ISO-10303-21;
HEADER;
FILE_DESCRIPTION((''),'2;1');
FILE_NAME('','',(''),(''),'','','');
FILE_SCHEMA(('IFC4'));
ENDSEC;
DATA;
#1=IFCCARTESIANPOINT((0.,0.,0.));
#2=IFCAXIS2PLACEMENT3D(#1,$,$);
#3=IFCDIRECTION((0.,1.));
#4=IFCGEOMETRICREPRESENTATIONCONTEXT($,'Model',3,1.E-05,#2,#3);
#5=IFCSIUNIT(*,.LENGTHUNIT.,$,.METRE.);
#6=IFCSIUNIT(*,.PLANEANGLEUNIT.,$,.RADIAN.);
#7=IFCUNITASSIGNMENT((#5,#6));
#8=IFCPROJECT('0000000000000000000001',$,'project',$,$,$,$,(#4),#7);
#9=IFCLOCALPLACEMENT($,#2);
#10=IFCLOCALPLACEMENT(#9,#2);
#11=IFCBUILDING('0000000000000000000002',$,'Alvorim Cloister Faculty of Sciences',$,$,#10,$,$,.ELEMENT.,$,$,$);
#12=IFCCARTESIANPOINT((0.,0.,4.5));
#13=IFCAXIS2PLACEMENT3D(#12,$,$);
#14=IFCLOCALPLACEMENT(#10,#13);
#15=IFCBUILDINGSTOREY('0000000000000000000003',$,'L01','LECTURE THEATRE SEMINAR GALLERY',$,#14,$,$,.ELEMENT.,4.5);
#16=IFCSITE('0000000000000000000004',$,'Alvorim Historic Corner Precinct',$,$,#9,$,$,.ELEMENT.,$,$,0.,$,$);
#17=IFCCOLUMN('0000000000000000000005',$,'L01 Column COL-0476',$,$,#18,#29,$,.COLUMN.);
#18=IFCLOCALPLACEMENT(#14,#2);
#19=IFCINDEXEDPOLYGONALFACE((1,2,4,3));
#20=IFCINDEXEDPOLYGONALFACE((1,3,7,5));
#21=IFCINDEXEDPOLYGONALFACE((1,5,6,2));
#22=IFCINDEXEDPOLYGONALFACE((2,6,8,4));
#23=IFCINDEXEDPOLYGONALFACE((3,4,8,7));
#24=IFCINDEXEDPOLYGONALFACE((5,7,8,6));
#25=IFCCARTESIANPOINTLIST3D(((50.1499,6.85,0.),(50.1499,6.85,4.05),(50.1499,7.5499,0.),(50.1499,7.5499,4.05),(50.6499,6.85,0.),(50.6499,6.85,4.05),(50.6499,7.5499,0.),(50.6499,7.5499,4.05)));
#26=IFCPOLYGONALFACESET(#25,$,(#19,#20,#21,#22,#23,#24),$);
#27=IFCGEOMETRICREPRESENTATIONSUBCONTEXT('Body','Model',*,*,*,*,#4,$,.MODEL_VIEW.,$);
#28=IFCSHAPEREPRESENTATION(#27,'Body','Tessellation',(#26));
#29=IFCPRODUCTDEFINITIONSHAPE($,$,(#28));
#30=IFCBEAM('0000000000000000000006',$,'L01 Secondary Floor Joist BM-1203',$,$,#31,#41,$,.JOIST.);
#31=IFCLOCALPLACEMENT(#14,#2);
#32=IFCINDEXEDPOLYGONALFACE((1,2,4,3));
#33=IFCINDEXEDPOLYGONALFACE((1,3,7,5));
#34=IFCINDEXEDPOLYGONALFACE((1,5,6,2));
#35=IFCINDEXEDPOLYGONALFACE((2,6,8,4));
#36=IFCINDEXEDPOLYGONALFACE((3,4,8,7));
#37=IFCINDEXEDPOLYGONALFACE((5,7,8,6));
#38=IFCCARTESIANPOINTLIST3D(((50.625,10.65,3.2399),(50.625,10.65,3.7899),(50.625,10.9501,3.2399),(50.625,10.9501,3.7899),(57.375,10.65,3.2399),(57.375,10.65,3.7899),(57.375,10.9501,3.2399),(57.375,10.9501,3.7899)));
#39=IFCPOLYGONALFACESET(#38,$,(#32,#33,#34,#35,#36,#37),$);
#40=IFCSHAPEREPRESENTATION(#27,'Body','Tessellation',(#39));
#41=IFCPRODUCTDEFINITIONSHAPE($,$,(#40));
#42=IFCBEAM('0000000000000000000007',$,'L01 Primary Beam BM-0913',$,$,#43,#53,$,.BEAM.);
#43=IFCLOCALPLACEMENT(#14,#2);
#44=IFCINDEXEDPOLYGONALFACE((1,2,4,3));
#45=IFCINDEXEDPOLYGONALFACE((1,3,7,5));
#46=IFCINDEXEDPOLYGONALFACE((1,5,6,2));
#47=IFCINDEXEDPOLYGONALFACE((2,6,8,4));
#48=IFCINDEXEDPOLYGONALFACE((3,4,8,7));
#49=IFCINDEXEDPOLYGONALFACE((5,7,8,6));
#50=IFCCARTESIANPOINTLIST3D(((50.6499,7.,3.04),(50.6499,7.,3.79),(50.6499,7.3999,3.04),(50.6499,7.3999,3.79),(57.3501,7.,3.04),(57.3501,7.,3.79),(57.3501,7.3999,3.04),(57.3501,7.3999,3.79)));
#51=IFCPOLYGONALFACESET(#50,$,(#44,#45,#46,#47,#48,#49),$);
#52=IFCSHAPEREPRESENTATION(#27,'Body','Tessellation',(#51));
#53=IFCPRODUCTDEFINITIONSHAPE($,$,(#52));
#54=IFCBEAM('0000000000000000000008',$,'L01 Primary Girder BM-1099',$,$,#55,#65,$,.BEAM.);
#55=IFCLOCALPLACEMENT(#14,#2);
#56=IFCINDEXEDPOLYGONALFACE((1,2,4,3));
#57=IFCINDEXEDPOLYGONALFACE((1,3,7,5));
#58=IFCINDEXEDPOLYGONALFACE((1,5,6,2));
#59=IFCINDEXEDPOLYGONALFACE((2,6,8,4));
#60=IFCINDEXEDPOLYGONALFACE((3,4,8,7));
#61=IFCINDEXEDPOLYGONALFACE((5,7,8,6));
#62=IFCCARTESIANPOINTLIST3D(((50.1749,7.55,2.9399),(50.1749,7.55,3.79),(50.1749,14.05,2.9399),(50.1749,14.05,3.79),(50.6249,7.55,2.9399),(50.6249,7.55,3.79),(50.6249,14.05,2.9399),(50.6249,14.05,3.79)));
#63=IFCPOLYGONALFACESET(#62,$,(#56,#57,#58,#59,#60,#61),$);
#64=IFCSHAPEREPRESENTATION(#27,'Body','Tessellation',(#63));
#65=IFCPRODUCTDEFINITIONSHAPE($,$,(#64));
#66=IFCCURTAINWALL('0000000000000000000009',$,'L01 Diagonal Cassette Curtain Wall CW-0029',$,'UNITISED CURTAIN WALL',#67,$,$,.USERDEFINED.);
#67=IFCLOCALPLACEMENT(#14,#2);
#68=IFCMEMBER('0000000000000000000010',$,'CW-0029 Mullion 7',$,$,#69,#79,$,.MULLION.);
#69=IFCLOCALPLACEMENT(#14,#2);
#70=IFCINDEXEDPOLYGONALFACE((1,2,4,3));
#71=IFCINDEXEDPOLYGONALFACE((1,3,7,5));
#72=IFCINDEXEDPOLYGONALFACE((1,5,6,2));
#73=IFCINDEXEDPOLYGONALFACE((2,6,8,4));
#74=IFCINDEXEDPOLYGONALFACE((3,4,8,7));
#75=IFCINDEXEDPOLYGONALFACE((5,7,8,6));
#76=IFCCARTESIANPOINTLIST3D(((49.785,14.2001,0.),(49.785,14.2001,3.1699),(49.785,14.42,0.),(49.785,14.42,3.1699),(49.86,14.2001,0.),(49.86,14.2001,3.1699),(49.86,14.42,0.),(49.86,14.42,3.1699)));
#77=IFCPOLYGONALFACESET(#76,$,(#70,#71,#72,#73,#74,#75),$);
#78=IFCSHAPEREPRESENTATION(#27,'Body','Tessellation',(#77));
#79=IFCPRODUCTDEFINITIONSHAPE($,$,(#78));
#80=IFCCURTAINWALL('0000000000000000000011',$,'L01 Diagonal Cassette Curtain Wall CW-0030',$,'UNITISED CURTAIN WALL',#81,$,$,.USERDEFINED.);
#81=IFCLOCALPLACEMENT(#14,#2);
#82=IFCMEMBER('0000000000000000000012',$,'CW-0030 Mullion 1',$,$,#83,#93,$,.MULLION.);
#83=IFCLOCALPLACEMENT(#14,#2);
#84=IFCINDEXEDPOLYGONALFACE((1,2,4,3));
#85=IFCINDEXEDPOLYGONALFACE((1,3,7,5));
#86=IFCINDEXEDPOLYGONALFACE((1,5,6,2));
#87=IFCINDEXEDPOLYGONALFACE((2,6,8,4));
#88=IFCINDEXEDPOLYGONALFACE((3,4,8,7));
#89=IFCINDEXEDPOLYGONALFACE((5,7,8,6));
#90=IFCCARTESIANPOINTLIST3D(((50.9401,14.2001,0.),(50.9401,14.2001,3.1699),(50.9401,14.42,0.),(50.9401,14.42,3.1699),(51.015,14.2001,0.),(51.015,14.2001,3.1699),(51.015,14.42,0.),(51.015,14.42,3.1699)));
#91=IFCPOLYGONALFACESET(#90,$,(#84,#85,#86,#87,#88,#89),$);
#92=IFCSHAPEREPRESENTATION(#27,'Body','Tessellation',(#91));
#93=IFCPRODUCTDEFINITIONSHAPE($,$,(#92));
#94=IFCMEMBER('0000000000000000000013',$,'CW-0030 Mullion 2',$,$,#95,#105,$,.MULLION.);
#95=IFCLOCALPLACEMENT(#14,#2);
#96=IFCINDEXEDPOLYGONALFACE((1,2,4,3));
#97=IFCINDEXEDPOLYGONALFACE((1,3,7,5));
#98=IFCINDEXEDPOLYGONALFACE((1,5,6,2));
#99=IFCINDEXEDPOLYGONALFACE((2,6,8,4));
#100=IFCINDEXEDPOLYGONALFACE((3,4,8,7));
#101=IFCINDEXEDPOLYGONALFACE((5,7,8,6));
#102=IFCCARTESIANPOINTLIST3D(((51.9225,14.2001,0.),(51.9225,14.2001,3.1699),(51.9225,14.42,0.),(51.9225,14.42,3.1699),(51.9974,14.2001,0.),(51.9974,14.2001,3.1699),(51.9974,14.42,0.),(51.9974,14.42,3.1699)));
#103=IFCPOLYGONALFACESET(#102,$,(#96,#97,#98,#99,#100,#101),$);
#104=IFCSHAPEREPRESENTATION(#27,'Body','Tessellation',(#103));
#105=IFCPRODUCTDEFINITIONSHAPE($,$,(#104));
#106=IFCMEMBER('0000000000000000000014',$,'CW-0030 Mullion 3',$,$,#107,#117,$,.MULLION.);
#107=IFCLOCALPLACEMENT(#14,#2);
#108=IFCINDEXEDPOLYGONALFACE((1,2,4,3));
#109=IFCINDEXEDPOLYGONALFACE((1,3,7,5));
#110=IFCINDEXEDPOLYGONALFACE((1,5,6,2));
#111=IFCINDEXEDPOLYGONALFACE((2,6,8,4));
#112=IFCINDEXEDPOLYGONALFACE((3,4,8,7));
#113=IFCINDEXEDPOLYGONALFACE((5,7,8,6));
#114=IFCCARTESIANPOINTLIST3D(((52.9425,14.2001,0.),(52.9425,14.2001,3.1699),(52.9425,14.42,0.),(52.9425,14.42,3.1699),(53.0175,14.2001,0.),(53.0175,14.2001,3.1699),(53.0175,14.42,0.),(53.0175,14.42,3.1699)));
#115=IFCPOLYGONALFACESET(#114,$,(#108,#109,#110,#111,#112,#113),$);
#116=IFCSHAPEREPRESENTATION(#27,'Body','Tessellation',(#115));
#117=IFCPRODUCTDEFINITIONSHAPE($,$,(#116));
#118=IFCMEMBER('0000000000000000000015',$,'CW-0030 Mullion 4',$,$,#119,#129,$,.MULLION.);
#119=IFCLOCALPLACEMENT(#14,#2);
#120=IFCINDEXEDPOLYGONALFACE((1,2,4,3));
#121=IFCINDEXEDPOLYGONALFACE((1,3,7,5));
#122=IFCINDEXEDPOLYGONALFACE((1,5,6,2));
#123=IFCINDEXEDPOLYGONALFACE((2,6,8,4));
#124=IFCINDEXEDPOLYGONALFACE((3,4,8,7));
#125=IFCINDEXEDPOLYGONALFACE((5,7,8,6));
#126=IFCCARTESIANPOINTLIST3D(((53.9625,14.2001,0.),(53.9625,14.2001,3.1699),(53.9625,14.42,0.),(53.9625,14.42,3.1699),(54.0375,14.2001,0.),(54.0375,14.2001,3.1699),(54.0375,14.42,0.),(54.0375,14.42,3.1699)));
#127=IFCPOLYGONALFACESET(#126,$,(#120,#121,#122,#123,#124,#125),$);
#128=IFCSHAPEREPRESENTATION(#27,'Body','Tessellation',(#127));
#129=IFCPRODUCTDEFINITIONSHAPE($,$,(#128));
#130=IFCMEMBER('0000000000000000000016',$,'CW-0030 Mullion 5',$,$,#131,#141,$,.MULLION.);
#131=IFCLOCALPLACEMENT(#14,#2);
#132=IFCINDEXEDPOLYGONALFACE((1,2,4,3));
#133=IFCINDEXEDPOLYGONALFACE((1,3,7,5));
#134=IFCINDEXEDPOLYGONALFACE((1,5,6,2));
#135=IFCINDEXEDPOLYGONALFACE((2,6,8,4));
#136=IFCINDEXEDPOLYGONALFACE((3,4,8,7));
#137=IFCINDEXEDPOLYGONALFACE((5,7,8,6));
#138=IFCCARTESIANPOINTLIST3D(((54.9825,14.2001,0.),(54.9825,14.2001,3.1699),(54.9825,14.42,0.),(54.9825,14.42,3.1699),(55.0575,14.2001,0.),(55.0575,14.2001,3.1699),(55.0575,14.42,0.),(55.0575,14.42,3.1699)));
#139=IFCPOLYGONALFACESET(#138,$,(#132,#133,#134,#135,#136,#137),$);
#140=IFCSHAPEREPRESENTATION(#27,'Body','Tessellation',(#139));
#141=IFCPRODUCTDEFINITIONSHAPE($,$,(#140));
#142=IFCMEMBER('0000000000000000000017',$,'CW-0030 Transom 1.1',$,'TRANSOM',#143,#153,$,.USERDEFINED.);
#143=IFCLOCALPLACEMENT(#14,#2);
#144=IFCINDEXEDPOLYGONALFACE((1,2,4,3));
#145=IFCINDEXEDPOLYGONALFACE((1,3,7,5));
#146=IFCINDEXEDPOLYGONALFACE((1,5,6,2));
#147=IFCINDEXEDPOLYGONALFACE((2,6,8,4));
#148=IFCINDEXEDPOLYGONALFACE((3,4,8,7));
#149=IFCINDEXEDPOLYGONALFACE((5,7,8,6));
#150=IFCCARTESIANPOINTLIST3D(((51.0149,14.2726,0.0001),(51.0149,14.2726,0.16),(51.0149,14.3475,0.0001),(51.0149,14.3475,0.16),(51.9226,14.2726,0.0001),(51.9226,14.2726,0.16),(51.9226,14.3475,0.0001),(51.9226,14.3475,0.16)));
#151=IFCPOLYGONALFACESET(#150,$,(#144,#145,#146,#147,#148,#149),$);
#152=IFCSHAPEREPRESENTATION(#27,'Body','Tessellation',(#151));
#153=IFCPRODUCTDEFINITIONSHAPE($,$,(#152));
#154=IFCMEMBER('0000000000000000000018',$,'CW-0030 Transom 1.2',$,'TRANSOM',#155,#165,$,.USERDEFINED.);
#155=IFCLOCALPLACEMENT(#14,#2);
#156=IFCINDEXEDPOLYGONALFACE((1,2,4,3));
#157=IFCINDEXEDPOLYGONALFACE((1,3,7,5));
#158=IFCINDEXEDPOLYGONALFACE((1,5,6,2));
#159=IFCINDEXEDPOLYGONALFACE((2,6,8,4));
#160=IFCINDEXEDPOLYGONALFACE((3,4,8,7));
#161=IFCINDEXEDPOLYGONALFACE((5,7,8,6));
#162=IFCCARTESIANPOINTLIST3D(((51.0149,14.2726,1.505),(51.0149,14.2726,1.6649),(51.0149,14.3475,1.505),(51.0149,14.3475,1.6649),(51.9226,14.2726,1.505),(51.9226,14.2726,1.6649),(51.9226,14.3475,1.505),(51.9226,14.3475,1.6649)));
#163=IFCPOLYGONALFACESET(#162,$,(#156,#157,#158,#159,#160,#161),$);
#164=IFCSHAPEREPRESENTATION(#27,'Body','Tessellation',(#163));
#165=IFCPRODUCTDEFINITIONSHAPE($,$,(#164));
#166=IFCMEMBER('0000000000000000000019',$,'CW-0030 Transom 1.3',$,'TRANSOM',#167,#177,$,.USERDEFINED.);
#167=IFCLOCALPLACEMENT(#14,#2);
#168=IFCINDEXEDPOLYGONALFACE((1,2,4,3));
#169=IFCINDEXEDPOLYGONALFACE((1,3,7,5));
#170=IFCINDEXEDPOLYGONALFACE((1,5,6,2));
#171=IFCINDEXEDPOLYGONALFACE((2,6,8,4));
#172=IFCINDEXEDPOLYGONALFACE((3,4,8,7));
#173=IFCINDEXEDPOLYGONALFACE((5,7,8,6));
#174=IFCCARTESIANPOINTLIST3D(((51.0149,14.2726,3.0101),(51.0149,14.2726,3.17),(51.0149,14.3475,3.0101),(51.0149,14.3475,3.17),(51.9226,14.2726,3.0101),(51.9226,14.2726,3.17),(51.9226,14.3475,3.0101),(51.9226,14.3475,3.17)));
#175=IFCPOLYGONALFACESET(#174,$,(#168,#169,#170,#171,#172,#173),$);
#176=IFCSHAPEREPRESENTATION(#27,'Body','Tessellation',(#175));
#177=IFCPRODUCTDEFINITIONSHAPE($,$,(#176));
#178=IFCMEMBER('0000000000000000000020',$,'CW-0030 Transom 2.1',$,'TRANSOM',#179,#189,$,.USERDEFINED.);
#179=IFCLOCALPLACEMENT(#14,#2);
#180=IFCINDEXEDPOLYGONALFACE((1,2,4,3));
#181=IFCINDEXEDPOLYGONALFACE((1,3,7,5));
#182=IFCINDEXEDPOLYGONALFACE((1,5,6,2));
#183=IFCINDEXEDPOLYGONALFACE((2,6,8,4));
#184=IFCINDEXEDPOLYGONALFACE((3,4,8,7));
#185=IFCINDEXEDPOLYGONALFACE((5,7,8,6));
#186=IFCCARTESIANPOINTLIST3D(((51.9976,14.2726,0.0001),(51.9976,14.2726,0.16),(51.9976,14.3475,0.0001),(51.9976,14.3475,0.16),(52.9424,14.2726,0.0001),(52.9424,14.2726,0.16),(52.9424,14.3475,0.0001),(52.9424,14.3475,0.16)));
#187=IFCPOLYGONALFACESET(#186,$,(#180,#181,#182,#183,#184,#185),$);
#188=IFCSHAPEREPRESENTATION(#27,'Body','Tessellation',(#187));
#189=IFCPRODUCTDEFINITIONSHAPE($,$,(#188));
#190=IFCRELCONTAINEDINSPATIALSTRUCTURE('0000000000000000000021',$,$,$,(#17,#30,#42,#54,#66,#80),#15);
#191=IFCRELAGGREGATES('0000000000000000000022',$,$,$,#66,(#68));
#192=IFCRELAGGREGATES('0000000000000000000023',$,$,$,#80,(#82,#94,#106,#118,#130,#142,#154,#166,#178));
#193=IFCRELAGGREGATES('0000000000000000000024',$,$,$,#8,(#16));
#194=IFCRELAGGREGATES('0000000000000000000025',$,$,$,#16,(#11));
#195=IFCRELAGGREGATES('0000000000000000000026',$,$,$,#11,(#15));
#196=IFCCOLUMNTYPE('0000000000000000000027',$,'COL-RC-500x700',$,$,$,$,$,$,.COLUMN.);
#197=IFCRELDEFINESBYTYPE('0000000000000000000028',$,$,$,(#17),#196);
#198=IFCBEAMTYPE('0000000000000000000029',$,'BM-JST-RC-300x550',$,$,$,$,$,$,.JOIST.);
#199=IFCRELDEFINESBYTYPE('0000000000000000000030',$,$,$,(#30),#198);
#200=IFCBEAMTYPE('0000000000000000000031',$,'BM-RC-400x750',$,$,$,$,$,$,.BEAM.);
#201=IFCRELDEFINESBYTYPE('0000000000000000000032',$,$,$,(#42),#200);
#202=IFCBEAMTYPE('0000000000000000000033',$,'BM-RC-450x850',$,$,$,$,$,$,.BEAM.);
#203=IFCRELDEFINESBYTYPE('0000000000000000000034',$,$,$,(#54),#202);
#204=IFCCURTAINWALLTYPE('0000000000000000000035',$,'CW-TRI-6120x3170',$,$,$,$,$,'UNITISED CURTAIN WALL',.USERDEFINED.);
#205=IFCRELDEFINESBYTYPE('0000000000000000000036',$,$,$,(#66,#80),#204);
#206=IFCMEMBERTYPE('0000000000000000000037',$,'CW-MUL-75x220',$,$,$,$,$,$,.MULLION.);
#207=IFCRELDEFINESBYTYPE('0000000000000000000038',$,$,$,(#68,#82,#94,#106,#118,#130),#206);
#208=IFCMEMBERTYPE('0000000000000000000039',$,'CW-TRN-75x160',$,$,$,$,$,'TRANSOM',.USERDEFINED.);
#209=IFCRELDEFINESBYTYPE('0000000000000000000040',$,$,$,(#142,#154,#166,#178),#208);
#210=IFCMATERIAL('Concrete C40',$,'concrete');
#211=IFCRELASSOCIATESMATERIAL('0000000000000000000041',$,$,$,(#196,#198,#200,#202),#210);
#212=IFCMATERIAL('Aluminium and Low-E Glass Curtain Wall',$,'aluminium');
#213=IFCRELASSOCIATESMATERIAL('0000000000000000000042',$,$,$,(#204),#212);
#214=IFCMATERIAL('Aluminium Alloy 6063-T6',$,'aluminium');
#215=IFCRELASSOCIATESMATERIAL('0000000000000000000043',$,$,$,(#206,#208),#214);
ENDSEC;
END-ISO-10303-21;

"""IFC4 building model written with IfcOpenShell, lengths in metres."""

from ifc_helpers import new_model, si_unit, direction, frame, origin, origin_2d, place, context, subcontext, project, spatial, rectangle, extrude, material, material_profile, profile_set, type_object, element, aggregate, save


model = new_model("IFC4")

# Units and contexts
model_context = context("Model", 3, precision=1e-05, world=origin(), true_north=direction((0.0, 1.0)))
body_context = subcontext(model_context, "Body", "Model", "MODEL_VIEW")
ifc_project = project(units=[si_unit("LENGTHUNIT", "METRE"), si_unit("PLANEANGLEUNIT", "RADIAN")], contexts=[model_context])

# Site, building, storey
site_placement = place(None, origin())
site = spatial("IfcSite", under=ifc_project, at=site_placement, Name="Alvorim Historic Corner Precinct", CompositionType="ELEMENT", RefElevation=0.0)
building_placement = place(site_placement, origin())
building = spatial("IfcBuilding", under=site, at=building_placement, Name="Alvorim Cloister Faculty of Sciences", CompositionType="ELEMENT")
storey_placement = place(building_placement, frame((0.0, 0.0, 4.5)))
storey = spatial("IfcBuildingStorey", under=building, at=storey_placement, Name="L01", Description="LECTURE THEATRE SEMINAR GALLERY", CompositionType="ELEMENT", Elevation=4.5)

# Column
ifc_material_1 = material(Name="Concrete C40", Category="concrete")
ifc_material_profile_1 = material_profile(ifc_material_1, rectangle(XDim=0.5, YDim=0.7, at=origin_2d()), Name="RC40-COL-500x700")
ifc_profile_set_1 = profile_set([ifc_material_profile_1], Name="Concrete C40")
column_type = type_object("IfcColumnType", Name="COL-RC-500x700", PredefinedType="COLUMN", material=ifc_profile_set_1)
column_placement = place(storey_placement, frame((50.3999, 7.2, 0.0), z_axis=(0.0, 0.0, 1.0), x_axis=(1.0, 0.0, 0.0)))
element("IfcColumn", 1, at=column_placement, inside=storey, type_object=column_type, Name="L01 Column COL-0476", PredefinedType="COLUMN", context=body_context, shape_type="SweptSolid", body=[
    extrude(rectangle(XDim=0.5, YDim=0.7, at=origin_2d()), origin(), (0.0, 0.0, 1.0), 4.05),
])

# Beams
ifc_material_profile_2 = material_profile(ifc_material_1, rectangle(XDim=0.3, YDim=0.55, at=origin_2d()), Name="RC40-JST-300x550")
ifc_profile_set_2 = profile_set([ifc_material_profile_2], Name="Concrete C40")
beam_type_1 = type_object("IfcBeamType", Name="BM-JST-RC-300x550", PredefinedType="JOIST", material=ifc_profile_set_2)
beam_1_placement = place(storey_placement, frame((50.625, 10.8, 3.5149), z_axis=(1.0, 0.0, 0.0), x_axis=(0.0, 1.0, 0.0)))
element("IfcBeam", 2, at=beam_1_placement, inside=storey, type_object=beam_type_1, Name="L01 Secondary Floor Joist BM-1203", PredefinedType="JOIST", context=body_context, shape_type="SweptSolid", body=[
    extrude(rectangle(XDim=0.3, YDim=0.55, at=origin_2d()), origin(), (0.0, 0.0, 1.0), 6.75),
])
ifc_material_profile_3 = material_profile(ifc_material_1, rectangle(XDim=0.3999, YDim=0.75, at=origin_2d()), Name="RC40-BM-400x750")
ifc_profile_set_3 = profile_set([ifc_material_profile_3], Name="Concrete C40")
beam_type_2 = type_object("IfcBeamType", Name="BM-RC-400x750", PredefinedType="BEAM", material=ifc_profile_set_3)
beam_2_placement = place(storey_placement, frame((50.6499, 7.2, 3.415), z_axis=(1.0, 0.0, 0.0), x_axis=(0.0, 1.0, 0.0)))
element("IfcBeam", 3, at=beam_2_placement, inside=storey, type_object=beam_type_2, Name="L01 Primary Beam BM-0913", PredefinedType="BEAM", context=body_context, shape_type="SweptSolid", body=[
    extrude(rectangle(XDim=0.3999, YDim=0.75, at=origin_2d()), origin(), (0.0, 0.0, 1.0), 6.7002),
])
ifc_material_profile_4 = material_profile(ifc_material_1, rectangle(XDim=0.45, YDim=0.8501, at=origin_2d()), Name="RC40-BM-450x850")
ifc_profile_set_4 = profile_set([ifc_material_profile_4], Name="Concrete C40")
beam_type_3 = type_object("IfcBeamType", Name="BM-RC-450x850", PredefinedType="BEAM", material=ifc_profile_set_4)
beam_3_placement = place(storey_placement, frame((50.3999, 7.55, 3.365), z_axis=(0.0, 1.0, 0.0), x_axis=(-1.0, 0.0, 0.0)))
element("IfcBeam", 4, at=beam_3_placement, inside=storey, type_object=beam_type_3, Name="L01 Primary Girder BM-1099", PredefinedType="BEAM", context=body_context, shape_type="SweptSolid", body=[
    extrude(rectangle(XDim=0.45, YDim=0.8501, at=origin_2d()), origin(), (0.0, 0.0, 1.0), 6.5),
])

# Curtain wall, member
ifc_material_2 = material(Name="Aluminium and Low-E Glass Curtain Wall", Category="aluminium")
curtain_wall_type = type_object("IfcCurtainWallType", Name="CW-TRI-6120x3170", ElementType="UNITISED CURTAIN WALL", PredefinedType="USERDEFINED", material=ifc_material_2)
curtain_wall_1_placement = place(storey_placement, origin())
curtain_wall_1 = element("IfcCurtainWall", 5, at=curtain_wall_1_placement, inside=storey, type_object=curtain_wall_type, Name="L01 Diagonal Cassette Curtain Wall CW-0029", ObjectType="UNITISED CURTAIN WALL", PredefinedType="USERDEFINED")
ifc_material_3 = material(Name="Aluminium Alloy 6063-T6", Category="aluminium")
ifc_material_profile_5 = material_profile(ifc_material_3, rectangle(XDim=0.075, YDim=0.22, at=origin_2d()), Name="ALU-MUL-75x220")
ifc_profile_set_5 = profile_set([ifc_material_profile_5], Name="Aluminium Alloy 6063-T6")
member_type_1 = type_object("IfcMemberType", Name="CW-MUL-75x220", PredefinedType="MULLION", material=ifc_profile_set_5)
member_1_placement = place(storey_placement, frame((49.8225, 14.3101, 0.0), z_axis=(0.0, 0.0, 1.0), x_axis=(1.0, 0.0, 0.0)))
member_1 = element("IfcMember", 6, at=member_1_placement, type_object=member_type_1, Name="CW-0029 Mullion 7", PredefinedType="MULLION", context=body_context, shape_type="SweptSolid", body=[
    extrude(rectangle(XDim=0.075, YDim=0.22, at=origin_2d()), origin(), (0.0, 0.0, 1.0), 3.1699),
])
aggregate(curtain_wall_1, [member_1])

# Curtain wall, members
curtain_wall_2_placement = place(storey_placement, origin())
curtain_wall_2 = element("IfcCurtainWall", 7, at=curtain_wall_2_placement, inside=storey, type_object=curtain_wall_type, Name="L01 Diagonal Cassette Curtain Wall CW-0030", ObjectType="UNITISED CURTAIN WALL", PredefinedType="USERDEFINED")
member_2_placement = place(storey_placement, frame((50.9775, 14.3101, 0.0), z_axis=(0.0, 0.0, 1.0), x_axis=(1.0, 0.0, 0.0)))
member_2 = element("IfcMember", 8, at=member_2_placement, type_object=member_type_1, Name="CW-0030 Mullion 1", PredefinedType="MULLION", context=body_context, shape_type="SweptSolid", body=[
    extrude(rectangle(XDim=0.075, YDim=0.22, at=origin_2d()), origin(), (0.0, 0.0, 1.0), 3.1699),
])
member_3_placement = place(storey_placement, frame((51.96, 14.3101, 0.0), z_axis=(0.0, 0.0, 1.0), x_axis=(1.0, 0.0, 0.0)))
member_3 = element("IfcMember", 9, at=member_3_placement, type_object=member_type_1, Name="CW-0030 Mullion 2", PredefinedType="MULLION", context=body_context, shape_type="SweptSolid", body=[
    extrude(rectangle(XDim=0.075, YDim=0.22, at=origin_2d()), origin(), (0.0, 0.0, 1.0), 3.1699),
])
member_4_placement = place(storey_placement, frame((52.98, 14.3101, 0.0), z_axis=(0.0, 0.0, 1.0), x_axis=(1.0, 0.0, 0.0)))
member_4 = element("IfcMember", 10, at=member_4_placement, type_object=member_type_1, Name="CW-0030 Mullion 3", PredefinedType="MULLION", context=body_context, shape_type="SweptSolid", body=[
    extrude(rectangle(XDim=0.075, YDim=0.22, at=origin_2d()), origin(), (0.0, 0.0, 1.0), 3.1699),
])
member_5_placement = place(storey_placement, frame((54.0, 14.3101, 0.0), z_axis=(0.0, 0.0, 1.0), x_axis=(1.0, 0.0, 0.0)))
member_5 = element("IfcMember", 11, at=member_5_placement, type_object=member_type_1, Name="CW-0030 Mullion 4", PredefinedType="MULLION", context=body_context, shape_type="SweptSolid", body=[
    extrude(rectangle(XDim=0.075, YDim=0.22, at=origin_2d()), origin(), (0.0, 0.0, 1.0), 3.1699),
])
member_6_placement = place(storey_placement, frame((55.02, 14.3101, 0.0), z_axis=(0.0, 0.0, 1.0), x_axis=(1.0, 0.0, 0.0)))
member_6 = element("IfcMember", 12, at=member_6_placement, type_object=member_type_1, Name="CW-0030 Mullion 5", PredefinedType="MULLION", context=body_context, shape_type="SweptSolid", body=[
    extrude(rectangle(XDim=0.075, YDim=0.22, at=origin_2d()), origin(), (0.0, 0.0, 1.0), 3.1699),
])
ifc_material_profile_6 = material_profile(ifc_material_3, rectangle(XDim=0.075, YDim=0.1599, at=origin_2d()), Name="ALU-TRN-75x160")
ifc_profile_set_6 = profile_set([ifc_material_profile_6], Name="Aluminium Alloy 6063-T6")
member_type_2 = type_object("IfcMemberType", Name="CW-TRN-75x160", ElementType="TRANSOM", PredefinedType="USERDEFINED", material=ifc_profile_set_6)
member_7_placement = place(storey_placement, frame((51.0149, 14.3101, 0.0801), z_axis=(1.0, 0.0, 0.0), x_axis=(0.0, 1.0, 0.0)))
member_7 = element("IfcMember", 13, at=member_7_placement, type_object=member_type_2, Name="CW-0030 Transom 1.1", ObjectType="TRANSOM", PredefinedType="USERDEFINED", context=body_context, shape_type="SweptSolid", body=[
    extrude(rectangle(XDim=0.075, YDim=0.1599, at=origin_2d()), origin(), (0.0, 0.0, 1.0), 0.9077),
])
member_8_placement = place(storey_placement, frame((51.0149, 14.3101, 1.585), z_axis=(1.0, 0.0, 0.0), x_axis=(0.0, 1.0, 0.0)))
member_8 = element("IfcMember", 14, at=member_8_placement, type_object=member_type_2, Name="CW-0030 Transom 1.2", ObjectType="TRANSOM", PredefinedType="USERDEFINED", context=body_context, shape_type="SweptSolid", body=[
    extrude(rectangle(XDim=0.075, YDim=0.1599, at=origin_2d()), origin(), (0.0, 0.0, 1.0), 0.9077),
])
member_9_placement = place(storey_placement, frame((51.0149, 14.3101, 3.0901), z_axis=(1.0, 0.0, 0.0), x_axis=(0.0, 1.0, 0.0)))
member_9 = element("IfcMember", 15, at=member_9_placement, type_object=member_type_2, Name="CW-0030 Transom 1.3", ObjectType="TRANSOM", PredefinedType="USERDEFINED", context=body_context, shape_type="SweptSolid", body=[
    extrude(rectangle(XDim=0.075, YDim=0.1599, at=origin_2d()), origin(), (0.0, 0.0, 1.0), 0.9077),
])
member_10_placement = place(storey_placement, frame((51.9976, 14.3101, 0.0801), z_axis=(1.0, 0.0, 0.0), x_axis=(0.0, 1.0, 0.0)))
member_10 = element("IfcMember", 16, at=member_10_placement, type_object=member_type_2, Name="CW-0030 Transom 2.1", ObjectType="TRANSOM", PredefinedType="USERDEFINED", context=body_context, shape_type="SweptSolid", body=[
    extrude(rectangle(XDim=0.075, YDim=0.1599, at=origin_2d()), origin(), (0.0, 0.0, 1.0), 0.9448),
])
aggregate(curtain_wall_2, [member_2, member_3, member_4, member_5, member_6, member_7, member_8, member_9, member_10])

save(model, "model.ifc")
